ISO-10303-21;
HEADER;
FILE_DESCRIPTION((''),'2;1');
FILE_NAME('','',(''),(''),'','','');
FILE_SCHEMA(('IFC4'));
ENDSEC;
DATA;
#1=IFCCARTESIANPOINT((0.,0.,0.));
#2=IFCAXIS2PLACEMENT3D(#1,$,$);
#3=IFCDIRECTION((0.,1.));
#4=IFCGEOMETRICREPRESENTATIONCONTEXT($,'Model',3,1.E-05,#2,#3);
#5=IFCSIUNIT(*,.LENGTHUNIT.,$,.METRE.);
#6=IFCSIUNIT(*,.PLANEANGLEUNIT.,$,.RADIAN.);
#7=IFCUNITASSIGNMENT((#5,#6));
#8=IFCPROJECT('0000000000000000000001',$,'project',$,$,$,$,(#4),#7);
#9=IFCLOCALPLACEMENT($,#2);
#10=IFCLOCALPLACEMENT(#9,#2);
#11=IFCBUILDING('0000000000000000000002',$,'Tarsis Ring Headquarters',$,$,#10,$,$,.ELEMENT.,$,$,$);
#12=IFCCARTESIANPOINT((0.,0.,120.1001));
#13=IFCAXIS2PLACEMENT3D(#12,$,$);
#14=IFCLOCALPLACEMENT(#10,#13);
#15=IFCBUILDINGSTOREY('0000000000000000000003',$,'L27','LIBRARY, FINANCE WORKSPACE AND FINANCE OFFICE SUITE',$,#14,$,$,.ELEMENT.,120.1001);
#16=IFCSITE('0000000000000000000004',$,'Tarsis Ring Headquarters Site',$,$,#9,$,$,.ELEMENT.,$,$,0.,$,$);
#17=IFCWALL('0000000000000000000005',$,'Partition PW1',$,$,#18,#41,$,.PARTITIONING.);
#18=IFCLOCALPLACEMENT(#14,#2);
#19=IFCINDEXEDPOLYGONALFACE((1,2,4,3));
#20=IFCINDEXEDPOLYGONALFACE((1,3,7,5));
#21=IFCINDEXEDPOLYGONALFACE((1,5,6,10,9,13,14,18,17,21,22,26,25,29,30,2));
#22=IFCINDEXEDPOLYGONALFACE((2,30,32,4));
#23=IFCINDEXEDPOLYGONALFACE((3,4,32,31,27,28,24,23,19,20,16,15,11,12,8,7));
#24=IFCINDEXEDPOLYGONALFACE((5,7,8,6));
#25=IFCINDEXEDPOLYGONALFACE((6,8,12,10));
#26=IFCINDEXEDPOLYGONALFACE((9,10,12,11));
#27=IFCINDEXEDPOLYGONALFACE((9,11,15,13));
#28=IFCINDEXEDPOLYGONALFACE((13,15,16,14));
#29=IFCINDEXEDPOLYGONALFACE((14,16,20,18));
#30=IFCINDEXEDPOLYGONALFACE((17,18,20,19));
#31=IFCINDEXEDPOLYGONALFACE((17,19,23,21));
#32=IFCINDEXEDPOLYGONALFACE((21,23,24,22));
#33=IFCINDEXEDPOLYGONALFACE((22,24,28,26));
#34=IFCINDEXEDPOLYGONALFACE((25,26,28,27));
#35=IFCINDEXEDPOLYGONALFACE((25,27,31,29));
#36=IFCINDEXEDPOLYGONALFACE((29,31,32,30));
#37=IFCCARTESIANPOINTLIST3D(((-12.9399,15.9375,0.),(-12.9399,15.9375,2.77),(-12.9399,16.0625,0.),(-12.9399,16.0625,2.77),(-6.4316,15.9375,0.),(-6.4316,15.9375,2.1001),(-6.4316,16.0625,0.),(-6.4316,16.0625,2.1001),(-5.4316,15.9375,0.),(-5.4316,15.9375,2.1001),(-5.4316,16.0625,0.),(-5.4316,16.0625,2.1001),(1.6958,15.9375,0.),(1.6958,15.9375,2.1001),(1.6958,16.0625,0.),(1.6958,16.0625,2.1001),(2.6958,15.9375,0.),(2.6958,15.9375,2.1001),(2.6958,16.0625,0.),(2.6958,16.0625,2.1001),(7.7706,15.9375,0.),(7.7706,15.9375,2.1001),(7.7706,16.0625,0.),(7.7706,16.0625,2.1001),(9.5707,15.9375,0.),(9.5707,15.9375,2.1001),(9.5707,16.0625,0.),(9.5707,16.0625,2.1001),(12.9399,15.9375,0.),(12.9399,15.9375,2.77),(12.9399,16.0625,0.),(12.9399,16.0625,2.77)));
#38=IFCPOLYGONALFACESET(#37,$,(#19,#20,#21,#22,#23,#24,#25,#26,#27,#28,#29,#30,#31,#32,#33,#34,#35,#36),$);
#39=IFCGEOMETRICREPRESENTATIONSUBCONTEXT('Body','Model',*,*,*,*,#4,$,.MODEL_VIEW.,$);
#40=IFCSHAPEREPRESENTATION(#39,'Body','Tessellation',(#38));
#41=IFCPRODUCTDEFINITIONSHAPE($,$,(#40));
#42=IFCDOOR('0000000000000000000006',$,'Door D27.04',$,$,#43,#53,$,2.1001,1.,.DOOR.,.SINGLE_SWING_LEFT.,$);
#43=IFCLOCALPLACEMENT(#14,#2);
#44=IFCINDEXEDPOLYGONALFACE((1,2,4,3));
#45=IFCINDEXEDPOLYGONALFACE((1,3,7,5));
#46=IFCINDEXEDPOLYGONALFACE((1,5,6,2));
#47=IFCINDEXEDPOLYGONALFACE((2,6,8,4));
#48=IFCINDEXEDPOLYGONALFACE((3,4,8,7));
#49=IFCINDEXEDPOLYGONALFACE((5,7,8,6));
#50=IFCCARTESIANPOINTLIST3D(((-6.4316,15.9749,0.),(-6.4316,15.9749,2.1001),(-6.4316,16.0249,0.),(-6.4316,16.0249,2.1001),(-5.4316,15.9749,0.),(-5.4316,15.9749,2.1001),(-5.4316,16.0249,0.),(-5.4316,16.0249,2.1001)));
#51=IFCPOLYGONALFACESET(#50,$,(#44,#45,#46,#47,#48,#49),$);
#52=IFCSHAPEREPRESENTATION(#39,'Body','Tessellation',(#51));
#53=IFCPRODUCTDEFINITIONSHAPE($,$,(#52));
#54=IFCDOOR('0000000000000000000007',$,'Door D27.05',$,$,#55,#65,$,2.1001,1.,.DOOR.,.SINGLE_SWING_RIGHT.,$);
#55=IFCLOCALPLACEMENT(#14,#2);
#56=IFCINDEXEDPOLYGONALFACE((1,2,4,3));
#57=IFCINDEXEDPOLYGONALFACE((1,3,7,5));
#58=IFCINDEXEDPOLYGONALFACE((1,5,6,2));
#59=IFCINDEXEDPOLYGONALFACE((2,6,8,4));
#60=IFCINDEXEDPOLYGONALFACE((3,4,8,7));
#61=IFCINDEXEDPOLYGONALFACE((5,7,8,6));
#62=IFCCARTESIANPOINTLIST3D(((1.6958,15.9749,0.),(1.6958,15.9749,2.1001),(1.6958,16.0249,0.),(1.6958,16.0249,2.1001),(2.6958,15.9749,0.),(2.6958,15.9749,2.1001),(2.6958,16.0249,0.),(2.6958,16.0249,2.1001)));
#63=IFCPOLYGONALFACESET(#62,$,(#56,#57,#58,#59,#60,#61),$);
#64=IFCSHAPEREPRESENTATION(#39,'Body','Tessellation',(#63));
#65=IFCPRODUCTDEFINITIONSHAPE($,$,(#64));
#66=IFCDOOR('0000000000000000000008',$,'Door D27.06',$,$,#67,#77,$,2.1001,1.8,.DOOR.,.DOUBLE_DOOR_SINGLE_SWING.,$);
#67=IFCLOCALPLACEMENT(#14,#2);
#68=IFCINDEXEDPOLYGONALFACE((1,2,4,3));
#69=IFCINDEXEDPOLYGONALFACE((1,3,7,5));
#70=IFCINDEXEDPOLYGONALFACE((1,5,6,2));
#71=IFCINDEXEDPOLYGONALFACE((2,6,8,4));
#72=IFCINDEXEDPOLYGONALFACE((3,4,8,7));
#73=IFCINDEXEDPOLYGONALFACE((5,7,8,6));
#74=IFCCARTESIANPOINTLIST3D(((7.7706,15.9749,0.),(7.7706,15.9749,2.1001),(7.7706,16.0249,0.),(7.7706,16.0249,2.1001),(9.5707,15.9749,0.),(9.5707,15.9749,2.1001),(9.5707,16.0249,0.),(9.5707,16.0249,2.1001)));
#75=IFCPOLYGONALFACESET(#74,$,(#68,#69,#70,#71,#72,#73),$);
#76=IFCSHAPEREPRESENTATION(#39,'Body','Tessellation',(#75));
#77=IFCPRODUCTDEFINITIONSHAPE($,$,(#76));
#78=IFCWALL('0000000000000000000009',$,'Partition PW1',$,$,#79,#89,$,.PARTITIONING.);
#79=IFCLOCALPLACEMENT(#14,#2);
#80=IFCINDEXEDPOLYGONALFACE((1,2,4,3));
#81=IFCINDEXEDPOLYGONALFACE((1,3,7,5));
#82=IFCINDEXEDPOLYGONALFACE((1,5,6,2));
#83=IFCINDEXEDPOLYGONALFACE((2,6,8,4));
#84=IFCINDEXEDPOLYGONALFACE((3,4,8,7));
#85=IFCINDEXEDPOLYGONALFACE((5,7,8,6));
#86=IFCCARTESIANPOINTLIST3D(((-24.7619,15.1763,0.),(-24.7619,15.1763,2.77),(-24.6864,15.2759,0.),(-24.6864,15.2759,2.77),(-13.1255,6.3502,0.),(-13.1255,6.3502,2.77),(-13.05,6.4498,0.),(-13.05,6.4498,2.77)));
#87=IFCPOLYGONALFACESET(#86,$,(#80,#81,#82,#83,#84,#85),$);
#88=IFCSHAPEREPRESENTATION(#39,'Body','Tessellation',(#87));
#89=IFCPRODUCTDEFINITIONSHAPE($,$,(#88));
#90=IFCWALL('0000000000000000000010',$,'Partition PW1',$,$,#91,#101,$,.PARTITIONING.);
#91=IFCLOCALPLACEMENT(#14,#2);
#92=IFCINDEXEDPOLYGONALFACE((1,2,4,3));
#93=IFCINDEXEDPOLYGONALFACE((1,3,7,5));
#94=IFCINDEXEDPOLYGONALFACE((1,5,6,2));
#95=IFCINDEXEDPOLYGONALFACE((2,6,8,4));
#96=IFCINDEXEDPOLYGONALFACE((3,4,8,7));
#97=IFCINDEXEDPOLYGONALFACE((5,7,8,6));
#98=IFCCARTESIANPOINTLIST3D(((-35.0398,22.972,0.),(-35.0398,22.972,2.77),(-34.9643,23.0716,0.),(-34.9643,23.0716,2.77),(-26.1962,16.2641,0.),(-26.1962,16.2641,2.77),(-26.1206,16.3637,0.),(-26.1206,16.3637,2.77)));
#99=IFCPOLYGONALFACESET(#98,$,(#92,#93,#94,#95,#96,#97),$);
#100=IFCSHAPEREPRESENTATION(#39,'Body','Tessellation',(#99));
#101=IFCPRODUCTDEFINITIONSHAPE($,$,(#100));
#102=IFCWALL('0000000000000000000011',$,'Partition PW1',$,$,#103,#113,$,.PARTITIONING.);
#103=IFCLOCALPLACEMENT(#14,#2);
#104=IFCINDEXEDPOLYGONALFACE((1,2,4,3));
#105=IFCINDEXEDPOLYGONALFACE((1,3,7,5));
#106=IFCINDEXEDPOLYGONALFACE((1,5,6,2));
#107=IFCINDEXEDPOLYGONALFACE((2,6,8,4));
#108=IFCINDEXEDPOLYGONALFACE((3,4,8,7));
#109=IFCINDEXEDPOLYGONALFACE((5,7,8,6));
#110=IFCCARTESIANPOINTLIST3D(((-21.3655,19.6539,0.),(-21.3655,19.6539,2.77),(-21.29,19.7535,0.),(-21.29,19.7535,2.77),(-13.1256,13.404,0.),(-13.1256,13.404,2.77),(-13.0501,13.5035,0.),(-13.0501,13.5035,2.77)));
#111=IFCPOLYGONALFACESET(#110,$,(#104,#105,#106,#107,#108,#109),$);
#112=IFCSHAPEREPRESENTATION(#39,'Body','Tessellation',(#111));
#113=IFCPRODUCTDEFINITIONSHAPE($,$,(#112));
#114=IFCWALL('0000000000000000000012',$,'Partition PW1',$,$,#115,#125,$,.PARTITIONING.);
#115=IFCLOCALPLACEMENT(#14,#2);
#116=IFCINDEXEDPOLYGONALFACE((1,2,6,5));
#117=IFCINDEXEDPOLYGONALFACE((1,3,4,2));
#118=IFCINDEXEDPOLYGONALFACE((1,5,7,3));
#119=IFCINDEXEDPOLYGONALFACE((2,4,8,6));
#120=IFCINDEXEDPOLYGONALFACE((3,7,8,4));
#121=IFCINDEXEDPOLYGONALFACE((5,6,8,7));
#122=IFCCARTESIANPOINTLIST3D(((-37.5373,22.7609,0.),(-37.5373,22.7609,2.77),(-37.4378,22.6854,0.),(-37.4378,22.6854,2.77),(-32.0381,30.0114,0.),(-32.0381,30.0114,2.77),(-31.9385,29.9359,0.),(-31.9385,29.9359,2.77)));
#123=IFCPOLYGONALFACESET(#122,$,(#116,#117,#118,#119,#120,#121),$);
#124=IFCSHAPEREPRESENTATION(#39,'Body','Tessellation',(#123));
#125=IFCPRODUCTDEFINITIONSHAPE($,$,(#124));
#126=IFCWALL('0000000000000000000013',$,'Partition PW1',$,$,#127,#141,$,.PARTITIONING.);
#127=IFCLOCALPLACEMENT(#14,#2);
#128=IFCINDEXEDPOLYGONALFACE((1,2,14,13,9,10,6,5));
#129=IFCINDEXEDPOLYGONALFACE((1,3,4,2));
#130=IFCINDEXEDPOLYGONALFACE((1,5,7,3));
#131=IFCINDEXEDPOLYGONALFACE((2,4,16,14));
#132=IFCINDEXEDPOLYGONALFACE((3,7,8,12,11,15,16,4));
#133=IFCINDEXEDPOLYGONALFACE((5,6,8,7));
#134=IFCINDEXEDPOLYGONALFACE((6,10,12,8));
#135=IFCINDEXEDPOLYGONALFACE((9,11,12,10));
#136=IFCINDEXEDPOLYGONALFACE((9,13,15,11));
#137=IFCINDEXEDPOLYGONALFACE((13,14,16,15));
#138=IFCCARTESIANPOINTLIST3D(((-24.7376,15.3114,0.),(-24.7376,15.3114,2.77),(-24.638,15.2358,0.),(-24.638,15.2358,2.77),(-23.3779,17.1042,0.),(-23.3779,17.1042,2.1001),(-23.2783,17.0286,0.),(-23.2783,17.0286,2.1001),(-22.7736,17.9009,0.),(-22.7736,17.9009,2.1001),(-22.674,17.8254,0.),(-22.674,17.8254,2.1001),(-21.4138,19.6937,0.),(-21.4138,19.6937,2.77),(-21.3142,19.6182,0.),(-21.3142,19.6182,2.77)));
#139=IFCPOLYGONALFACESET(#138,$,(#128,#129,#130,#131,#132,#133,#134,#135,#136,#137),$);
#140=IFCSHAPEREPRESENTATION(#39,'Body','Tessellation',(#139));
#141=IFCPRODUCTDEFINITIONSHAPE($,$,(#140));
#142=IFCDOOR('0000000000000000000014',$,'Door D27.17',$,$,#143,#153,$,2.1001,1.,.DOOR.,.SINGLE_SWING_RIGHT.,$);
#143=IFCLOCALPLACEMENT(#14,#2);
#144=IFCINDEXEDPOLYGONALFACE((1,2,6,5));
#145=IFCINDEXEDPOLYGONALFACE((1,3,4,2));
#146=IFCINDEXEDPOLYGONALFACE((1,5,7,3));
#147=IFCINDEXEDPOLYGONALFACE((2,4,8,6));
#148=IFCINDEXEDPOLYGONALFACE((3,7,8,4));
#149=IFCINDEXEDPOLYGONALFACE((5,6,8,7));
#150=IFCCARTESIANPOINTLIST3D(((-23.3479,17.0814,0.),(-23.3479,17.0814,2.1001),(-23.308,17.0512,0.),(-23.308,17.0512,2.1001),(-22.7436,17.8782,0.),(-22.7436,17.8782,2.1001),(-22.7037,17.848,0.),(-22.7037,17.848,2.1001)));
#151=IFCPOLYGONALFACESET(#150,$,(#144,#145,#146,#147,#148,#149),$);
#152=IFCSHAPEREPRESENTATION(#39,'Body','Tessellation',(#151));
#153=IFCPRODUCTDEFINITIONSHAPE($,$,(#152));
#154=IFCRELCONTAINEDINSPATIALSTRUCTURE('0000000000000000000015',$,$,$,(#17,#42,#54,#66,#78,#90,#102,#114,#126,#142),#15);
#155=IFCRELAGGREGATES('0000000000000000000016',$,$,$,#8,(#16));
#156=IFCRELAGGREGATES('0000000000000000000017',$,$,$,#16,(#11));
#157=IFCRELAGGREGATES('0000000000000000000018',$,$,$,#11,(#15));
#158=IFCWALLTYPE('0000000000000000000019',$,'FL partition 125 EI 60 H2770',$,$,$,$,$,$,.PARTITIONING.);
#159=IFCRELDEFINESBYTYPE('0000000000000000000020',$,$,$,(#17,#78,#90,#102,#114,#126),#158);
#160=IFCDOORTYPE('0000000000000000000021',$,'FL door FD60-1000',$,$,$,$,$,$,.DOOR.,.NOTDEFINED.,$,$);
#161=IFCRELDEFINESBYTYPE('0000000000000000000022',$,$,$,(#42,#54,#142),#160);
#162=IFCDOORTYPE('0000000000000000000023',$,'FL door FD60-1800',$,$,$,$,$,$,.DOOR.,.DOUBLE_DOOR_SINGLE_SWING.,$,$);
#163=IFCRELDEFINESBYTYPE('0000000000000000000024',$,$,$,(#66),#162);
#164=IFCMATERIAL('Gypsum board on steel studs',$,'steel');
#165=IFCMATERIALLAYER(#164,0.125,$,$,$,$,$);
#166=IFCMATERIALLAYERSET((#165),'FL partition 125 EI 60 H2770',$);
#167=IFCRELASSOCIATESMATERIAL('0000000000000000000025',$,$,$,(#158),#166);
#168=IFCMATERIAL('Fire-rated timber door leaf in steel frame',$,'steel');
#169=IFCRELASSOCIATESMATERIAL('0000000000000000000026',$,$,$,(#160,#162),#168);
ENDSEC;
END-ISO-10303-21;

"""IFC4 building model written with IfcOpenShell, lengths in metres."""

from ifc_helpers import new_model, si_unit, direction, frame, frame_2d, origin, place, context, subcontext, project, spatial, rectangle, extrude, material, layer, layer_set, type_object, element, fill, save


model = new_model("IFC4")

# Units and contexts
model_context = context("Model", 3, precision=1e-05, world=origin(), true_north=direction((0.0, 1.0)))
body_context = subcontext(model_context, "Body", "Model", "MODEL_VIEW")
ifc_project = project(units=[si_unit("LENGTHUNIT", "METRE"), si_unit("PLANEANGLEUNIT", "RADIAN")], contexts=[model_context])

# Site, building, storey
site_placement = place(None, origin())
site = spatial("IfcSite", under=ifc_project, at=site_placement, Name="Tarsis Ring Headquarters Site", CompositionType="ELEMENT", RefElevation=0.0)
building_placement = place(site_placement, origin())
building = spatial("IfcBuilding", under=site, at=building_placement, Name="Tarsis Ring Headquarters", CompositionType="ELEMENT")
storey_placement = place(building_placement, frame((0.0, 0.0, 120.1001)))
storey = spatial("IfcBuildingStorey", under=building, at=storey_placement, Name="L27", Description="LIBRARY, FINANCE WORKSPACE AND FINANCE OFFICE SUITE", CompositionType="ELEMENT", Elevation=120.1001)

# Shared definitions
ifc_material_1 = material(Name="Gypsum board on steel studs", Category="steel")

# Wall, openings, doors
ifc_layer_1 = layer(ifc_material_1, 0.125)
ifc_layer_set_1 = layer_set([ifc_layer_1], Name="FL partition 125 EI 60 H2770")
wall_type_1 = type_object("IfcWallType", Name="FL partition 125 EI 60 H2770", PredefinedType="PARTITIONING", material=ifc_layer_set_1)
wall_1_placement = place(storey_placement, frame((-12.9399, 16.0, 0.0), z_axis=(0.0, 0.0, 1.0), x_axis=(1.0, 0.0, 0.0)))
wall_1 = element("IfcWall", 1, at=wall_1_placement, inside=storey, type_object=wall_type_1, Name="Partition PW1", PredefinedType="PARTITIONING", context=body_context, shape_type="SweptSolid", body=[
    extrude(rectangle(XDim=25.8799, YDim=0.125, at=frame_2d((12.9399, 0.0))), origin(), (0.0, 0.0, 1.0), 2.77),
])
opening_1_placement = place(wall_1_placement, frame((6.5083, 0.0, 0.0)))
opening_1 = element("IfcOpeningElement", 2, at=opening_1_placement, cuts=wall_1, PredefinedType="OPENING", context=body_context, shape_type="SweptSolid", body=[
    extrude(rectangle(XDim=1.0, YDim=2.1001, at=frame_2d((0.5, 1.05))), frame((0.0, 0.0725, 0.0), z_axis=(0.0, -1.0, 0.0), x_axis=(1.0, 0.0, 0.0)), (0.0, 0.0, 1.0), 0.145),
])
opening_2_placement = place(wall_1_placement, frame((14.6357, 0.0, 0.0)))
opening_2 = element("IfcOpeningElement", 3, at=opening_2_placement, cuts=wall_1, PredefinedType="OPENING", context=body_context, shape_type="SweptSolid", body=[
    extrude(rectangle(XDim=1.0, YDim=2.1001, at=frame_2d((0.5, 1.05))), frame((0.0, 0.0725, 0.0), z_axis=(0.0, -1.0, 0.0), x_axis=(1.0, 0.0, 0.0)), (0.0, 0.0, 1.0), 0.145),
])
opening_3_placement = place(wall_1_placement, frame((20.7107, 0.0, 0.0)))
opening_3 = element("IfcOpeningElement", 4, at=opening_3_placement, cuts=wall_1, PredefinedType="OPENING", context=body_context, shape_type="SweptSolid", body=[
    extrude(rectangle(XDim=1.8, YDim=2.1001, at=frame_2d((0.8999, 1.05))), frame((0.0, 0.0725, 0.0), z_axis=(0.0, -1.0, 0.0), x_axis=(1.0, 0.0, 0.0)), (0.0, 0.0, 1.0), 0.145),
])
ifc_material_2 = material(Name="Fire-rated timber door leaf in steel frame", Category="steel")
door_type_1 = type_object("IfcDoorType", Name="FL door FD60-1000", OperationType="NOTDEFINED", PredefinedType="DOOR", material=ifc_material_2)
door_1_placement = place(opening_1_placement, origin())
door_1 = element("IfcDoor", 5, at=door_1_placement, inside=storey, type_object=door_type_1, Name="Door D27.04", OperationType="SINGLE_SWING_LEFT", OverallHeight=2.1001, OverallWidth=1.0, PredefinedType="DOOR", context=body_context, shape_type="SweptSolid", body=[
    extrude(rectangle(XDim=1.0, YDim=2.1001, at=frame_2d((0.5, 1.05))), frame((0.0, 0.0249, 0.0), z_axis=(0.0, -1.0, 0.0), x_axis=(1.0, 0.0, 0.0)), (0.0, 0.0, 1.0), 0.05),
])
fill(opening_1, door_1)
door_2_placement = place(opening_2_placement, origin())
door_2 = element("IfcDoor", 6, at=door_2_placement, inside=storey, type_object=door_type_1, Name="Door D27.05", OperationType="SINGLE_SWING_RIGHT", OverallHeight=2.1001, OverallWidth=1.0, PredefinedType="DOOR", context=body_context, shape_type="SweptSolid", body=[
    extrude(rectangle(XDim=1.0, YDim=2.1001, at=frame_2d((0.5, 1.05))), frame((0.0, 0.0249, 0.0), z_axis=(0.0, -1.0, 0.0), x_axis=(1.0, 0.0, 0.0)), (0.0, 0.0, 1.0), 0.05),
])
fill(opening_2, door_2)
door_type_2 = type_object("IfcDoorType", Name="FL door FD60-1800", OperationType="DOUBLE_DOOR_SINGLE_SWING", PredefinedType="DOOR", material=ifc_material_2)
door_3_placement = place(opening_3_placement, origin())
door_3 = element("IfcDoor", 7, at=door_3_placement, inside=storey, type_object=door_type_2, Name="Door D27.06", OperationType="DOUBLE_DOOR_SINGLE_SWING", OverallHeight=2.1001, OverallWidth=1.8, PredefinedType="DOOR", context=body_context, shape_type="SweptSolid", body=[
    extrude(rectangle(XDim=1.8, YDim=2.1001, at=frame_2d((0.8999, 1.05))), frame((0.0, 0.0249, 0.0), z_axis=(0.0, -1.0, 0.0), x_axis=(1.0, 0.0, 0.0)), (0.0, 0.0, 1.0), 0.05),
])
fill(opening_3, door_3)

# Walls
wall_2_placement = place(storey_placement, frame((-24.7241, 15.2261, 0.0), z_axis=(0.0, 0.0, 1.0), x_axis=(0.796741, -0.604321, 0.0)))
element("IfcWall", 8, at=wall_2_placement, inside=storey, type_object=wall_type_1, Name="Partition PW1", PredefinedType="PARTITIONING", context=body_context, shape_type="SweptSolid", body=[
    extrude(rectangle(XDim=14.605, YDim=0.125, at=frame_2d((7.3025, 0.0))), origin(), (0.0, 0.0, 1.0), 2.77),
])
wall_3_placement = place(storey_placement, frame((-35.002, 23.0217, 0.0), z_axis=(0.0, 0.0, 1.0), x_axis=(0.796737, -0.604327, 0.0)))
element("IfcWall", 9, at=wall_3_placement, inside=storey, type_object=wall_type_1, Name="Partition PW1", PredefinedType="PARTITIONING", context=body_context, shape_type="SweptSolid", body=[
    extrude(rectangle(XDim=11.0999, YDim=0.125, at=frame_2d((5.5498, 0.0))), origin(), (0.0, 0.0, 1.0), 2.77),
])
wall_4_placement = place(storey_placement, frame((-21.3276, 19.7036, 0.0), z_axis=(0.0, 0.0, 1.0), x_axis=(0.796739, -0.604323, 0.0)))
element("IfcWall", 10, at=wall_4_placement, inside=storey, type_object=wall_type_1, Name="Partition PW1", PredefinedType="PARTITIONING", context=body_context, shape_type="SweptSolid", body=[
    extrude(rectangle(XDim=10.342, YDim=0.125, at=frame_2d((5.1709, 0.0))), origin(), (0.0, 0.0, 1.0), 2.77),
])
wall_5_placement = place(storey_placement, frame((-37.4875, 22.7231, 0.0), z_axis=(0.0, 0.0, 1.0), x_axis=(0.60431, 0.79675, 0.0)))
element("IfcWall", 11, at=wall_5_placement, inside=storey, type_object=wall_type_1, Name="Partition PW1", PredefinedType="PARTITIONING", context=body_context, shape_type="SweptSolid", body=[
    extrude(rectangle(XDim=9.1001, YDim=0.125, at=frame_2d((4.55, 0.0))), origin(), (0.0, 0.0, 1.0), 2.77),
])

# Wall, opening, door
wall_6_placement = place(storey_placement, frame((-24.6877, 15.2737, 0.0), z_axis=(0.0, 0.0, 1.0), x_axis=(0.604295, 0.796761, 0.0)))
wall_6 = element("IfcWall", 12, at=wall_6_placement, inside=storey, type_object=wall_type_1, Name="Partition PW1", PredefinedType="PARTITIONING", context=body_context, shape_type="SweptSolid", body=[
    extrude(rectangle(XDim=5.5002, YDim=0.125, at=frame_2d((2.75, 0.0))), origin(), (0.0, 0.0, 1.0), 2.77),
])
opening_4_placement = place(wall_6_placement, frame((2.25, 0.0, 0.0)))
opening_4 = element("IfcOpeningElement", 13, at=opening_4_placement, cuts=wall_6, PredefinedType="OPENING", context=body_context, shape_type="SweptSolid", body=[
    extrude(rectangle(XDim=1.0, YDim=2.1001, at=frame_2d((0.5, 1.05))), frame((0.0, 0.0725, 0.0), z_axis=(0.0, -1.0, 0.0), x_axis=(1.0, 0.0, 0.0)), (0.0, 0.0, 1.0), 0.145),
])
door_4_placement = place(opening_4_placement, origin())
door_4 = element("IfcDoor", 14, at=door_4_placement, inside=storey, type_object=door_type_1, Name="Door D27.17", OperationType="SINGLE_SWING_RIGHT", OverallHeight=2.1001, OverallWidth=1.0, PredefinedType="DOOR", context=body_context, shape_type="SweptSolid", body=[
    extrude(rectangle(XDim=1.0, YDim=2.1001, at=frame_2d((0.5, 1.05))), frame((0.0, 0.0249, 0.0), z_axis=(0.0, -1.0, 0.0), x_axis=(1.0, 0.0, 0.0)), (0.0, 0.0, 1.0), 0.05),
])
fill(opening_4, door_4)

save(model, "model.ifc")
